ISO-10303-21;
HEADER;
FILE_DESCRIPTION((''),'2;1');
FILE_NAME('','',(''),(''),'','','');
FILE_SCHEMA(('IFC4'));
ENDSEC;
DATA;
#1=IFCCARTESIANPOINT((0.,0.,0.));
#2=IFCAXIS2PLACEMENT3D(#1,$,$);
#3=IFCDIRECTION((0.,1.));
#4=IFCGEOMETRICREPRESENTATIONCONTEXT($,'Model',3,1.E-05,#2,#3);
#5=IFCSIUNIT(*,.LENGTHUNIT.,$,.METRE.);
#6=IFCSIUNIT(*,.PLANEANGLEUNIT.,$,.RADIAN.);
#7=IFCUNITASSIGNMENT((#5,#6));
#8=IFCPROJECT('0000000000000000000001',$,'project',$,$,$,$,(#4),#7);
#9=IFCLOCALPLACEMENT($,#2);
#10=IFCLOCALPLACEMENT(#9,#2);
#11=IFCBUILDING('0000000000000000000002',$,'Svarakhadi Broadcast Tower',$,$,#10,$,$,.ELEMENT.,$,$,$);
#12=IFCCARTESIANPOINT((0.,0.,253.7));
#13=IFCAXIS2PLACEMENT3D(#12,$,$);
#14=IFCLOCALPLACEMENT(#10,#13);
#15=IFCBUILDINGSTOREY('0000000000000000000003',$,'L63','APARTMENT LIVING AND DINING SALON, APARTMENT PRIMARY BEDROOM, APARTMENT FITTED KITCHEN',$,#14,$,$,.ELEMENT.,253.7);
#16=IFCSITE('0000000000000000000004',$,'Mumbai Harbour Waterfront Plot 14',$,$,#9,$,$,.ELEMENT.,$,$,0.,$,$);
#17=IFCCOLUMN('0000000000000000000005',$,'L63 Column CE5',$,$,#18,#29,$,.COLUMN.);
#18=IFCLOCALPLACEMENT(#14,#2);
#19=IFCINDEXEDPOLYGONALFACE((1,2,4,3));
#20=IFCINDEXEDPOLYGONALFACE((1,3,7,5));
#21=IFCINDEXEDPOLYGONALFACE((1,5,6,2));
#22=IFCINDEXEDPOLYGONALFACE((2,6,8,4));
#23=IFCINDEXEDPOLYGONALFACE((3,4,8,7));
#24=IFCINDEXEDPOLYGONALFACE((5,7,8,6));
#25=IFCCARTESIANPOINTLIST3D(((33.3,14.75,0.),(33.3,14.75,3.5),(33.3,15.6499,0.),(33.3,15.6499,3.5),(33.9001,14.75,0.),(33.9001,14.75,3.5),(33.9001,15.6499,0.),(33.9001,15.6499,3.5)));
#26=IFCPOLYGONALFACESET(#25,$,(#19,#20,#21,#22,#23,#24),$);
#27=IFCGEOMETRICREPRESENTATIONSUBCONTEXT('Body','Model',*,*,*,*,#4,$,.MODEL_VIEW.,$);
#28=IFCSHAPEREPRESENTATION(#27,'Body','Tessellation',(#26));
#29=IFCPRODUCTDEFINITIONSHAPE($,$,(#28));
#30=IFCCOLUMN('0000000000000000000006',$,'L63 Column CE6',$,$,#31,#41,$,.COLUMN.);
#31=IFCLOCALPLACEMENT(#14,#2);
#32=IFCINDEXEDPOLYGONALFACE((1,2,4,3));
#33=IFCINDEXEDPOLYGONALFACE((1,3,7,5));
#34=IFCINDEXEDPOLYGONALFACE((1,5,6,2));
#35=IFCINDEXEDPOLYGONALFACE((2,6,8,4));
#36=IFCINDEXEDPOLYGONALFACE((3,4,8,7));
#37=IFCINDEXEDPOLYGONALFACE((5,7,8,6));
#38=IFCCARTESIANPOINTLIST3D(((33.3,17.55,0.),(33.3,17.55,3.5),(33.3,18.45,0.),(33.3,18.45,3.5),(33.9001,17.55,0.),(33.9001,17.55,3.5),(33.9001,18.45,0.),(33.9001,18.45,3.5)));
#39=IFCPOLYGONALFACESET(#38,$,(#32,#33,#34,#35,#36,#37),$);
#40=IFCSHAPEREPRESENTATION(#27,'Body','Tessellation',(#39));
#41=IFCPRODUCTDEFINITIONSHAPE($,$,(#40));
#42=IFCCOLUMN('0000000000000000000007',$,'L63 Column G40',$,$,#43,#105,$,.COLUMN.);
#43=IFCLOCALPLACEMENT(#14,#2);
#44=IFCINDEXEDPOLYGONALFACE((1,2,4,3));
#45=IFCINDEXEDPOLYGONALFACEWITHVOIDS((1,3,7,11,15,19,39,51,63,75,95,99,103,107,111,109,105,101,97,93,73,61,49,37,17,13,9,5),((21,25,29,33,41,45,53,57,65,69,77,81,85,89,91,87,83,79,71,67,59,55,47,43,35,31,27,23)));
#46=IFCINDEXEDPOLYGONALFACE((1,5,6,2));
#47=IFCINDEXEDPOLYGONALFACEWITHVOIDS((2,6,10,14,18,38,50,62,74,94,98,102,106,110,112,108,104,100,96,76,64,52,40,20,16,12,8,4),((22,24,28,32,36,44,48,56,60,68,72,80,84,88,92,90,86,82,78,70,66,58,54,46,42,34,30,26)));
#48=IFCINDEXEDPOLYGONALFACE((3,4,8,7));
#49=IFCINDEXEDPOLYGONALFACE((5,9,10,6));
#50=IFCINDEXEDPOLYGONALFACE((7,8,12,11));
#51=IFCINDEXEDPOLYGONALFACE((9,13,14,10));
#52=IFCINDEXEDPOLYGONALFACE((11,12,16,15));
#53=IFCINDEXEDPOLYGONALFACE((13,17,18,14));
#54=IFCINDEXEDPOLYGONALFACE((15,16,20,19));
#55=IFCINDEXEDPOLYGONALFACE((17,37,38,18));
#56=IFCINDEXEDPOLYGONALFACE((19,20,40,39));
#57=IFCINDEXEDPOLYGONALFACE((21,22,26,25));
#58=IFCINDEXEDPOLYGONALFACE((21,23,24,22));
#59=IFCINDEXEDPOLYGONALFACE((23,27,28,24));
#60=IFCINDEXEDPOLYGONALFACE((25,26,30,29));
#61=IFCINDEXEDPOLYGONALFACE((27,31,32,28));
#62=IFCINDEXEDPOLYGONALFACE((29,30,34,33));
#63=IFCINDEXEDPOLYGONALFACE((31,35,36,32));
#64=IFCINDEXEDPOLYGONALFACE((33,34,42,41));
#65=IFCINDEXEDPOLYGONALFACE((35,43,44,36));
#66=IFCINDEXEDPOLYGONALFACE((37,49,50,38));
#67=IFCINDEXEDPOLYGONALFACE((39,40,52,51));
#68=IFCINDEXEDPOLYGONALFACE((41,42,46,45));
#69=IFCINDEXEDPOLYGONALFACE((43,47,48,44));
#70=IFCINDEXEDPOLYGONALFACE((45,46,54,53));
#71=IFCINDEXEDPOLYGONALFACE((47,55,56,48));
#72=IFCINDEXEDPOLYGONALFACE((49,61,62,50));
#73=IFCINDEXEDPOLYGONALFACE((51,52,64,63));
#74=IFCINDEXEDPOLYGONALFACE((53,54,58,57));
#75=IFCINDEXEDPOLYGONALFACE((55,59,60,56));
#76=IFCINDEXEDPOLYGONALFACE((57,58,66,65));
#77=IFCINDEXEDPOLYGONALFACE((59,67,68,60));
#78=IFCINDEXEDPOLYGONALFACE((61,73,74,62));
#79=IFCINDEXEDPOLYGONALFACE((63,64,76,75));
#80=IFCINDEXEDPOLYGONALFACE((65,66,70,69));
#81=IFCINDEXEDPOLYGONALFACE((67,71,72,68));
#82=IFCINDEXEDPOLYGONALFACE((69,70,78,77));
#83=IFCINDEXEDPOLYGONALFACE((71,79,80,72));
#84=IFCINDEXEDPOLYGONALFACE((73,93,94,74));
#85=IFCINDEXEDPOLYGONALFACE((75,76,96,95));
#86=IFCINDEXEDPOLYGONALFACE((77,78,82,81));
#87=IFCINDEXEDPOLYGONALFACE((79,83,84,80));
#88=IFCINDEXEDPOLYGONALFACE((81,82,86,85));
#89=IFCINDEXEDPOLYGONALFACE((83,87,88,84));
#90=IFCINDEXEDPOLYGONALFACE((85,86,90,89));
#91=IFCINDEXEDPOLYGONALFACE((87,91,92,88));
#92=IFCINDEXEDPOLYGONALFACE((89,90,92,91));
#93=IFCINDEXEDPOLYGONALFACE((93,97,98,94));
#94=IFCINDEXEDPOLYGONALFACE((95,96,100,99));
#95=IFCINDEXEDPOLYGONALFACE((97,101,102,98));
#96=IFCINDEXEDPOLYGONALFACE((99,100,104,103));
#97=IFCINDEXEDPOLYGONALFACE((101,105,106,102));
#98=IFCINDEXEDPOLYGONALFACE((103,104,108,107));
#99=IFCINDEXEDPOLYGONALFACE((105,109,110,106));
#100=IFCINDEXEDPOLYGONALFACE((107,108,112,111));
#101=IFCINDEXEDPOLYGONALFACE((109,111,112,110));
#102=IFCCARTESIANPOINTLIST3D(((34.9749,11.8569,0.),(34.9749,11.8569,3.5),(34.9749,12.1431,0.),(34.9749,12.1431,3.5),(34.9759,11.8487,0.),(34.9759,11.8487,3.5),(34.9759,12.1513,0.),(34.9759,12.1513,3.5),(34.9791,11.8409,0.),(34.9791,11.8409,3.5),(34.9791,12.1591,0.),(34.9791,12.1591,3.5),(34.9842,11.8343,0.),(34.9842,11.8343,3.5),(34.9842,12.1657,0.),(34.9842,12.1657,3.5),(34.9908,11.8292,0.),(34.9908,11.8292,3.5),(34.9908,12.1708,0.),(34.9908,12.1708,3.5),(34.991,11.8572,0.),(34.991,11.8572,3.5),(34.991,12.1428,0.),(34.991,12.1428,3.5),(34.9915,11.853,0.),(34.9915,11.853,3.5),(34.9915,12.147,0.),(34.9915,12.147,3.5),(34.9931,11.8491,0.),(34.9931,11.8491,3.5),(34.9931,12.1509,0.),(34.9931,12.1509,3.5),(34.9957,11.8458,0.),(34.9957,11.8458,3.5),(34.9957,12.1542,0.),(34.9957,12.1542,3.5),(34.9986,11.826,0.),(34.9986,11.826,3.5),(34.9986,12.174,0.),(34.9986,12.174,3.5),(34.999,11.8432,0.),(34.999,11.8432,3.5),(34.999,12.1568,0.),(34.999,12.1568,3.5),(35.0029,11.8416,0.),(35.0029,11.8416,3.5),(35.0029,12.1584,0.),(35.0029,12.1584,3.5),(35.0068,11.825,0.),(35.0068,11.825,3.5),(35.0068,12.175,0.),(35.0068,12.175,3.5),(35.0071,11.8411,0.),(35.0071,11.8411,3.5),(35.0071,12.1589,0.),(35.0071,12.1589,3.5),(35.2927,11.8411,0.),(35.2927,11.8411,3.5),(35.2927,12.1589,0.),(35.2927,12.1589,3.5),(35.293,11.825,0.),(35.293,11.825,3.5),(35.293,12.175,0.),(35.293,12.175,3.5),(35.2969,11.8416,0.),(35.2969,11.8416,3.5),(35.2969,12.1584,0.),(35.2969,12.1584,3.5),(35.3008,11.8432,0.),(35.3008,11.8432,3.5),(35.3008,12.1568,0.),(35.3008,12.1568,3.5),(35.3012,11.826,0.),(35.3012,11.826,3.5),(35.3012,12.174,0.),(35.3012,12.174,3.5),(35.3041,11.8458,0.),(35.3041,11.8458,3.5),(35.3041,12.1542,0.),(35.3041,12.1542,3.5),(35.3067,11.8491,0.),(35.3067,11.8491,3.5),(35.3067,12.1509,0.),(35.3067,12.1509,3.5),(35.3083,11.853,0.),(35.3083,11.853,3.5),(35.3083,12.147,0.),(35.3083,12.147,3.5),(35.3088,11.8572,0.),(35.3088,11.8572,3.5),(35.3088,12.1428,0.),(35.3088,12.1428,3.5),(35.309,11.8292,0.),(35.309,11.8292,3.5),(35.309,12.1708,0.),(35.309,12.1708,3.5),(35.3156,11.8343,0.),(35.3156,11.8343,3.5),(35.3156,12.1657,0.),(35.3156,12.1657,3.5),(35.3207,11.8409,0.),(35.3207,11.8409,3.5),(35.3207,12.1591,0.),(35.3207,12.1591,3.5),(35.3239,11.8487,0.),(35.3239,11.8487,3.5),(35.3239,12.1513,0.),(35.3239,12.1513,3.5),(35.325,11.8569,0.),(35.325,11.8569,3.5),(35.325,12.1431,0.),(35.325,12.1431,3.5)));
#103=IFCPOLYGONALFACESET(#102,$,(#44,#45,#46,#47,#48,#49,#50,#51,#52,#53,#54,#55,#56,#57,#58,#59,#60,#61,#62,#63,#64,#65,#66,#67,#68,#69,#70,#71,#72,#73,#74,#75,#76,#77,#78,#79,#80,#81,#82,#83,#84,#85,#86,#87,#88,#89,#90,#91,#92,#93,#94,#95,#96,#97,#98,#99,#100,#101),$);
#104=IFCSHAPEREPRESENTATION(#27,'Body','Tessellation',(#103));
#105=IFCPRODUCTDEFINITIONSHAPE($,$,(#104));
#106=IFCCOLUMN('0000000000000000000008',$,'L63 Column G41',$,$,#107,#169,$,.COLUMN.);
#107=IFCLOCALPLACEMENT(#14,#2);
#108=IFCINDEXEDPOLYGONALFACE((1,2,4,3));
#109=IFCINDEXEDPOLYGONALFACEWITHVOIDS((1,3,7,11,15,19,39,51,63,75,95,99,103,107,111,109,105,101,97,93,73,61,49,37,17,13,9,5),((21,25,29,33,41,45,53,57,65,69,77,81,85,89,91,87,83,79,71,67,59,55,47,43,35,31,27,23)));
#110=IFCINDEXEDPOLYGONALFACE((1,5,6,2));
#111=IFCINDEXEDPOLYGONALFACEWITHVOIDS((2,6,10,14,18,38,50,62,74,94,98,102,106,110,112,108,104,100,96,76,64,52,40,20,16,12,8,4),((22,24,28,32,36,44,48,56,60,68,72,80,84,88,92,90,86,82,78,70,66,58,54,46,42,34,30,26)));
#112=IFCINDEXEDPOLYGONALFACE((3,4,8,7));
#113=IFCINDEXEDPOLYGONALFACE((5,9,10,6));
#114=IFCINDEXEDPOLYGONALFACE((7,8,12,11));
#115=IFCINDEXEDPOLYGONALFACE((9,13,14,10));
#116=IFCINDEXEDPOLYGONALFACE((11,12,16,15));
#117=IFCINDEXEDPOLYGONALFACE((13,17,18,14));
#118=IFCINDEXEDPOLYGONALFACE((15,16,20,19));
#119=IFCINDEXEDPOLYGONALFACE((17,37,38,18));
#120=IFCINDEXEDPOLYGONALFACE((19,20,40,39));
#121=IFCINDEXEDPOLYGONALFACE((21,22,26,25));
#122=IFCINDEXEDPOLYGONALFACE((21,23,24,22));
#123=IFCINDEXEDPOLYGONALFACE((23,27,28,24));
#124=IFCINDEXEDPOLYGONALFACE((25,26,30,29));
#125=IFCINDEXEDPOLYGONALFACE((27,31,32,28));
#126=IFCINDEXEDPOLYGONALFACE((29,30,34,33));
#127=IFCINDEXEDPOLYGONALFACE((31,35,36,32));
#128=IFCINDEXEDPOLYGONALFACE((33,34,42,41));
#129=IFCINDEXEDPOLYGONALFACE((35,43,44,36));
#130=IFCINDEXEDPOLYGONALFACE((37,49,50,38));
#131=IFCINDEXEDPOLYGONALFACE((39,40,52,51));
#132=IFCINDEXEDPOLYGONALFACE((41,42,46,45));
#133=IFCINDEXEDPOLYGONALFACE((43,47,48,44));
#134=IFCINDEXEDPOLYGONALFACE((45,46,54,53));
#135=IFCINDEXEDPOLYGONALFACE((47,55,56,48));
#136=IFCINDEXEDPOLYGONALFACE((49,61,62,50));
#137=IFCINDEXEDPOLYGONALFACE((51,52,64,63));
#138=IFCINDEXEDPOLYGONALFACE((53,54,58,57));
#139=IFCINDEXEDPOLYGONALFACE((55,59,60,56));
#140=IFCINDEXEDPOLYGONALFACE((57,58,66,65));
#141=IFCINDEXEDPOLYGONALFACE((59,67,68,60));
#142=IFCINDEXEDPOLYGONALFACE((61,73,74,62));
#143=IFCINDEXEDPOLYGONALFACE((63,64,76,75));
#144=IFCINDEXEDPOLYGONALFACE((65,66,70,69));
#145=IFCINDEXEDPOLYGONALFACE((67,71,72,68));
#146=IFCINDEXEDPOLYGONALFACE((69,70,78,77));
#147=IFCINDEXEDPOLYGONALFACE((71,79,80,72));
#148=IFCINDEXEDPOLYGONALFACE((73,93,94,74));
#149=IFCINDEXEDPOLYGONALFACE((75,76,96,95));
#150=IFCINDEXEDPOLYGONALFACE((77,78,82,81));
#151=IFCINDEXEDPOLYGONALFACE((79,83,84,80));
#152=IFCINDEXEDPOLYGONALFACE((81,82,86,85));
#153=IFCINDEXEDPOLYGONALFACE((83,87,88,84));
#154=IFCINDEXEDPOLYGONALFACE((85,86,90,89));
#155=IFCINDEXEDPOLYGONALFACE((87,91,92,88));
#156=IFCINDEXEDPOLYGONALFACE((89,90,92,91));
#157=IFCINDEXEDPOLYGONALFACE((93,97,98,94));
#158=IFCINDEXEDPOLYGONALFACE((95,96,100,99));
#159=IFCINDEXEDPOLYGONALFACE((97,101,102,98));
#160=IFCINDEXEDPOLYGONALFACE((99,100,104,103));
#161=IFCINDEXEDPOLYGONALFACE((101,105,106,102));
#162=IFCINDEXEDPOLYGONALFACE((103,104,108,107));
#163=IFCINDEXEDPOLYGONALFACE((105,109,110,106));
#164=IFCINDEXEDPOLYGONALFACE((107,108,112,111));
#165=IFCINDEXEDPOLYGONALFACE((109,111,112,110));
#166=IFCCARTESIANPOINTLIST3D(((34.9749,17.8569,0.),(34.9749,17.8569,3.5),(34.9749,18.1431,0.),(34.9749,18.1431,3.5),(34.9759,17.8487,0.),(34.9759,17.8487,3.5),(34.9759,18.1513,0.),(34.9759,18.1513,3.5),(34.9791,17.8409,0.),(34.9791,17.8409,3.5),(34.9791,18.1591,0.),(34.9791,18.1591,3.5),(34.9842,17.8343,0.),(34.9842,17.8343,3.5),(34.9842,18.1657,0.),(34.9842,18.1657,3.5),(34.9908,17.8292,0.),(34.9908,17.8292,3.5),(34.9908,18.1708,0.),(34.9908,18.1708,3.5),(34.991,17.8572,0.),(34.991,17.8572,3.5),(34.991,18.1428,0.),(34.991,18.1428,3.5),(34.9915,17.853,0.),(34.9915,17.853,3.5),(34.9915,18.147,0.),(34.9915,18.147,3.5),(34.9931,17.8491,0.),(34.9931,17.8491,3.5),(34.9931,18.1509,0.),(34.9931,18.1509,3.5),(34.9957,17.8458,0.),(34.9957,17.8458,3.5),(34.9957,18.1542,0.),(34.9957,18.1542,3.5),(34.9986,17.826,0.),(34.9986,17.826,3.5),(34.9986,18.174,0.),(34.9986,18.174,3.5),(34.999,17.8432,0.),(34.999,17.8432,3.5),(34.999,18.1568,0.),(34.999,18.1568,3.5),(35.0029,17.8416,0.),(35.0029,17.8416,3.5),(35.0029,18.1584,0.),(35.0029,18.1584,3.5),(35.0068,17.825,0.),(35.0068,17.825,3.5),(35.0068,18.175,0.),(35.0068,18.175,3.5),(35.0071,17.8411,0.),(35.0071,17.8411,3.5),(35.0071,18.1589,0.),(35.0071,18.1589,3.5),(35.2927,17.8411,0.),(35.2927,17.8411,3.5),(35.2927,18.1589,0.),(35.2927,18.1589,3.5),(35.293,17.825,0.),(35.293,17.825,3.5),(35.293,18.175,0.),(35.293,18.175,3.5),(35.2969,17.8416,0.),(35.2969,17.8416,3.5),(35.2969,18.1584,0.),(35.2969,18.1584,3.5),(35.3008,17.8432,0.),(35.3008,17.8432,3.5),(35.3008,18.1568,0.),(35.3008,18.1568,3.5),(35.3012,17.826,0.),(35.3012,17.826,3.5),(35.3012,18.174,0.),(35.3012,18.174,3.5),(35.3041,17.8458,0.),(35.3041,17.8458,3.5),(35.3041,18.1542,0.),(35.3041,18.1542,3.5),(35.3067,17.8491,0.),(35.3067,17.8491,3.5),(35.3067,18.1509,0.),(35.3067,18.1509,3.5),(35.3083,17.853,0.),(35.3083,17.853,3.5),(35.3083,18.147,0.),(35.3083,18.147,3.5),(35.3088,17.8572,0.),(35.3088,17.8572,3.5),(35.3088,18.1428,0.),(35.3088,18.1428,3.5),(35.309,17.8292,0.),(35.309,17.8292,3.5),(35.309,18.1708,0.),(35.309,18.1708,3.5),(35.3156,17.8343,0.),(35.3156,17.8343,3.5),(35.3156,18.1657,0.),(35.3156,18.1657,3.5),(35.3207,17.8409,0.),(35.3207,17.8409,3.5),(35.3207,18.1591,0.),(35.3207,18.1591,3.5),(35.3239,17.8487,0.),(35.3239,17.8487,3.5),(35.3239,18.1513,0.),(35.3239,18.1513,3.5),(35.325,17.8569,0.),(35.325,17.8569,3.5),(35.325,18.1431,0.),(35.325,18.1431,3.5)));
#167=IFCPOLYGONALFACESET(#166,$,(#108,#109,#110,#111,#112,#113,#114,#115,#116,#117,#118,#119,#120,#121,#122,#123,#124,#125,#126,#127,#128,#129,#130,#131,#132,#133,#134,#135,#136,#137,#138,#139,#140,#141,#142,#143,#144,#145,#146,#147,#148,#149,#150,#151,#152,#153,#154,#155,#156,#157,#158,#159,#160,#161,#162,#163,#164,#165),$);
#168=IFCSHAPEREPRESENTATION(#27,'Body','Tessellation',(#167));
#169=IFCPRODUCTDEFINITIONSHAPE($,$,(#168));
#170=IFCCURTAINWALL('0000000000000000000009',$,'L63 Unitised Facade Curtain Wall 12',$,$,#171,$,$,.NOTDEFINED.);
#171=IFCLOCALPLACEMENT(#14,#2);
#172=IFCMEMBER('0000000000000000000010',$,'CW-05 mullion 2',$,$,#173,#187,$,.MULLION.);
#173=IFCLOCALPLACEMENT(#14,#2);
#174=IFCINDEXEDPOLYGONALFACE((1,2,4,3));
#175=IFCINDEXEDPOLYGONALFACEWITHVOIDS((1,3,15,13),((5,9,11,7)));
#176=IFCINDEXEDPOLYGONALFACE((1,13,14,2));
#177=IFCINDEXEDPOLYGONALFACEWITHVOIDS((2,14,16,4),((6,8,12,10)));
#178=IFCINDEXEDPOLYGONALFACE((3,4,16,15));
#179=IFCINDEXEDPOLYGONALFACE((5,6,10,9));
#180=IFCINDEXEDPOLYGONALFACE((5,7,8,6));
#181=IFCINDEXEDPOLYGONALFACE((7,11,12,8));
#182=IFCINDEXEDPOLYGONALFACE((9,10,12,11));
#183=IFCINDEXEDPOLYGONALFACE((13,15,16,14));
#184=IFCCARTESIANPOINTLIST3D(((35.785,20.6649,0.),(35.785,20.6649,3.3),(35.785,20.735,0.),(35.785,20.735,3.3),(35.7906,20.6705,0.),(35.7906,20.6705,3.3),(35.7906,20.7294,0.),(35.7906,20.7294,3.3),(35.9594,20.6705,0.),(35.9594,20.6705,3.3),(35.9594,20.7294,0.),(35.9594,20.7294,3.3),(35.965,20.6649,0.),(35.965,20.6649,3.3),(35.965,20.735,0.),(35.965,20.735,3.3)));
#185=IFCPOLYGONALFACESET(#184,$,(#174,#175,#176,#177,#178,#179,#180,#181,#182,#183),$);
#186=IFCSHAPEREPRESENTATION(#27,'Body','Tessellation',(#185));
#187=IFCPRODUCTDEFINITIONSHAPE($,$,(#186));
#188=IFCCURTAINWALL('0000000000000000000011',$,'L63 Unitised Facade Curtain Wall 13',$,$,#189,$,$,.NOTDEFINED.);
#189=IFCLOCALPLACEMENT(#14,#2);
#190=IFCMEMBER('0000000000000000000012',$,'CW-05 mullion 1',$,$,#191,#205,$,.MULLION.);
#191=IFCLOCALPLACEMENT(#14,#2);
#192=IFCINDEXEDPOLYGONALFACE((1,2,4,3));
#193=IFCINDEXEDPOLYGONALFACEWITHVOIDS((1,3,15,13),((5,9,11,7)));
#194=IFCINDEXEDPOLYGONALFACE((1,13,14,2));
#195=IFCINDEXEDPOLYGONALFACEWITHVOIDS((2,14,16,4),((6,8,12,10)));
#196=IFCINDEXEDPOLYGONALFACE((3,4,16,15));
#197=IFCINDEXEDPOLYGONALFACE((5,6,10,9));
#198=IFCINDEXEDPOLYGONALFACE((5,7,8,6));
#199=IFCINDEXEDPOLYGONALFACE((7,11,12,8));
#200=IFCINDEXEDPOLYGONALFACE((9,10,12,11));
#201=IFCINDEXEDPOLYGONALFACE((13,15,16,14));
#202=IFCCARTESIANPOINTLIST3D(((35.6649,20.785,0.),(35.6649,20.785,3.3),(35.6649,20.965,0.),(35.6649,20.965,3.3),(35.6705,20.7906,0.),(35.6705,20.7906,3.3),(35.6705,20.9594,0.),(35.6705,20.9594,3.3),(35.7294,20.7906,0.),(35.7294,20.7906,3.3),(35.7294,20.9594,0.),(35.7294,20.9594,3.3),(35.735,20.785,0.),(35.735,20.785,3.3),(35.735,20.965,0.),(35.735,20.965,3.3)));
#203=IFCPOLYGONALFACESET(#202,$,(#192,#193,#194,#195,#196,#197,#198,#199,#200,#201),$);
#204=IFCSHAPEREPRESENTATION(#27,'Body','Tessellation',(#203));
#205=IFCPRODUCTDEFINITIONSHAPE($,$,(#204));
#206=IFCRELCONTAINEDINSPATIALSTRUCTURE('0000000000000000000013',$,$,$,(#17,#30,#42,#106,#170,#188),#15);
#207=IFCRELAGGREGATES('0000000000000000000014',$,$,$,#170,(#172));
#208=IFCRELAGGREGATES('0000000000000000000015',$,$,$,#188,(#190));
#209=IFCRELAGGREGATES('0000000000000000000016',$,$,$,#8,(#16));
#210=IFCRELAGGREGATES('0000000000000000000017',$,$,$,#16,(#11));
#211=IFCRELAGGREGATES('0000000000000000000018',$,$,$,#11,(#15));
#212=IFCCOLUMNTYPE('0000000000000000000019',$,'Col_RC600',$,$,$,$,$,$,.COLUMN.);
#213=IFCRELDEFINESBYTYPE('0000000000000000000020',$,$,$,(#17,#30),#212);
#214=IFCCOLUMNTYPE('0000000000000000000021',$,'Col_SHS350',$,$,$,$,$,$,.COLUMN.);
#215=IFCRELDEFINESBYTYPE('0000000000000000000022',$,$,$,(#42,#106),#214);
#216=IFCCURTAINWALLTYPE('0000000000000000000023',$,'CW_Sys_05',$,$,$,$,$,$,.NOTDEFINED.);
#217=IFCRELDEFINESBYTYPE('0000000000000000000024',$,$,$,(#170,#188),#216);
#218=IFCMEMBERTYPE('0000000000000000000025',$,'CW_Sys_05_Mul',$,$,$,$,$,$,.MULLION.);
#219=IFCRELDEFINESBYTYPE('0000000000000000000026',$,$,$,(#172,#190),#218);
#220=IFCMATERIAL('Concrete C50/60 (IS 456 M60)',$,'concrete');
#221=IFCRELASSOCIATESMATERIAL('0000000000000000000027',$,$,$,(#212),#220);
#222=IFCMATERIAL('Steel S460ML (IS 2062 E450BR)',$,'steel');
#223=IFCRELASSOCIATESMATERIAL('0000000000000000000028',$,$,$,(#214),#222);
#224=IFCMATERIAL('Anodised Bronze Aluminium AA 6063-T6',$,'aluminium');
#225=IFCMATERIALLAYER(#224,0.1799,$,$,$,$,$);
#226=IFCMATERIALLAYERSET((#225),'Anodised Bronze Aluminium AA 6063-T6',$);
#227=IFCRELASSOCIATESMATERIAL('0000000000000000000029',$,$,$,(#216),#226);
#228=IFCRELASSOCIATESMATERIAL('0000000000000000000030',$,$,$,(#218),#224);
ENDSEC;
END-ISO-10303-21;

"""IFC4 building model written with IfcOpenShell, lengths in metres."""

from ifc_helpers import new_model, si_unit, direction, frame, origin, origin_2d, place, context, subcontext, project, spatial, rectangle, hollow_rectangle, extrude, material, layer, layer_set, material_profile, profile_set, type_object, element, aggregate, save


model = new_model("IFC4")

# Units and contexts
model_context = context("Model", 3, precision=1e-05, world=origin(), true_north=direction((0.0, 1.0)))
body_context = subcontext(model_context, "Body", "Model", "MODEL_VIEW")
ifc_project = project(units=[si_unit("LENGTHUNIT", "METRE"), si_unit("PLANEANGLEUNIT", "RADIAN")], contexts=[model_context])

# Site, building, storey
site_placement = place(None, origin())
site = spatial("IfcSite", under=ifc_project, at=site_placement, Name="Mumbai Harbour Waterfront Plot 14", CompositionType="ELEMENT", RefElevation=0.0)
building_placement = place(site_placement, origin())
building = spatial("IfcBuilding", under=site, at=building_placement, Name="Svarakhadi Broadcast Tower", CompositionType="ELEMENT")
storey_placement = place(building_placement, frame((0.0, 0.0, 253.7)))
storey = spatial("IfcBuildingStorey", under=building, at=storey_placement, Name="L63", Description="APARTMENT LIVING AND DINING SALON, APARTMENT PRIMARY BEDROOM, APARTMENT FITTED KITCHEN", CompositionType="ELEMENT", Elevation=253.7)

# Columns
ifc_material_1 = material(Name="Concrete C50/60 (IS 456 M60)", Category="concrete")
ifc_material_profile_1 = material_profile(ifc_material_1, rectangle(XDim=0.6001, YDim=0.8999, at=origin_2d()), Name="RC 600x900")
ifc_profile_set_1 = profile_set([ifc_material_profile_1], Name="Concrete C50/60 (IS 456 M60)")
column_type_1 = type_object("IfcColumnType", Name="Col_RC600", PredefinedType="COLUMN", material=ifc_profile_set_1)
for number, where, z_axis, x_axis, name in (
    (1, (33.6001, 15.2, 0.0), (0.0, 0.0, 1.0), (1.0, 0.0, 0.0), "L63 Column CE5"),
    (2, (33.6001, 18.0, 0.0), (0.0, 0.0, 1.0), (1.0, 0.0, 0.0), "L63 Column CE6"),
):
    element("IfcColumn", number, at=place(storey_placement, frame(where, z_axis=z_axis, x_axis=x_axis)), inside=storey, type_object=column_type_1, Name=name, PredefinedType="COLUMN", context=body_context, shape_type="SweptSolid", body=[
        extrude(rectangle(XDim=0.6001, YDim=0.8999, at=origin_2d()), origin(), (0.0, 0.0, 1.0), 3.5),
    ])
ifc_material_2 = material(Name="Steel S460ML (IS 2062 E450BR)", Category="steel")
ifc_material_profile_2 = material_profile(ifc_material_2, hollow_rectangle(XDim=0.3501, YDim=0.3501, WallThickness=0.0161, InnerFilletRadius=0.0161, OuterFilletRadius=0.032, at=origin_2d()), Name="SHS 350x350x16")
ifc_profile_set_2 = profile_set([ifc_material_profile_2], Name="Steel S460ML (IS 2062 E450BR)")
column_type_2 = type_object("IfcColumnType", Name="Col_SHS350", PredefinedType="COLUMN", material=ifc_profile_set_2)
for number, where, z_axis, x_axis, name in (
    (3, (35.1499, 12.0, 0.0), (0.0, 0.0, 1.0), (1.0, 0.0, 0.0), "L63 Column G40"),
    (4, (35.1499, 18.0, 0.0), (0.0, 0.0, 1.0), (1.0, 0.0, 0.0), "L63 Column G41"),
):
    element("IfcColumn", number, at=place(storey_placement, frame(where, z_axis=z_axis, x_axis=x_axis)), inside=storey, type_object=column_type_2, Name=name, PredefinedType="COLUMN", context=body_context, shape_type="SweptSolid", body=[
        extrude(hollow_rectangle(XDim=0.3501, YDim=0.3501, WallThickness=0.0161, InnerFilletRadius=0.0161, OuterFilletRadius=0.032, at=origin_2d()), origin(), (0.0, 0.0, 1.0), 3.5),
    ])

# Curtain wall, member
ifc_material_3 = material(Name="Anodised Bronze Aluminium AA 6063-T6", Category="aluminium")
ifc_layer_1 = layer(ifc_material_3, 0.1799)
ifc_layer_set_1 = layer_set([ifc_layer_1], Name="Anodised Bronze Aluminium AA 6063-T6")
curtain_wall_type = type_object("IfcCurtainWallType", Name="CW_Sys_05", PredefinedType="NOTDEFINED", material=ifc_layer_set_1)
curtain_wall_1_placement = place(storey_placement, origin())
curtain_wall_1 = element("IfcCurtainWall", 5, at=curtain_wall_1_placement, inside=storey, type_object=curtain_wall_type, Name="L63 Unitised Facade Curtain Wall 12", PredefinedType="NOTDEFINED")
ifc_material_profile_3 = material_profile(ifc_material_3, hollow_rectangle(XDim=0.0701, YDim=0.1799, WallThickness=0.0056, at=origin_2d()), Name="ALU MULLION 180x70x6")
ifc_profile_set_3 = profile_set([ifc_material_profile_3], Name="Anodised Bronze Aluminium AA 6063-T6")
member_type_1 = type_object("IfcMemberType", Name="CW_Sys_05_Mul", PredefinedType="MULLION", material=ifc_profile_set_3)
member_1_placement = place(storey_placement, frame((35.875, 20.7, 0.0), z_axis=(0.0, 0.0, 1.0), x_axis=(0.0, 1.0, 0.0)))
member_1 = element("IfcMember", 6, at=member_1_placement, type_object=member_type_1, Name="CW-05 mullion 2", PredefinedType="MULLION", context=body_context, shape_type="SweptSolid", body=[
    extrude(hollow_rectangle(XDim=0.0701, YDim=0.1799, WallThickness=0.0056, at=origin_2d()), origin(), (0.0, 0.0, 1.0), 3.3),
])

# Curtain wall, member
curtain_wall_2_placement = place(storey_placement, origin())
curtain_wall_2 = element("IfcCurtainWall", 7, at=curtain_wall_2_placement, inside=storey, type_object=curtain_wall_type, Name="L63 Unitised Facade Curtain Wall 13", PredefinedType="NOTDEFINED")
member_2_placement = place(storey_placement, frame((35.7, 20.875, 0.0), z_axis=(0.0, 0.0, 1.0), x_axis=(1.0, 0.0, 0.0)))
member_2 = element("IfcMember", 8, at=member_2_placement, type_object=member_type_1, Name="CW-05 mullion 1", PredefinedType="MULLION", context=body_context, shape_type="SweptSolid", body=[
    extrude(hollow_rectangle(XDim=0.0701, YDim=0.1799, WallThickness=0.0056, at=origin_2d()), origin(), (0.0, 0.0, 1.0), 3.3),
])

aggregate(curtain_wall_1, [member_1])
aggregate(curtain_wall_2, [member_2])

save(model, "model.ifc")
